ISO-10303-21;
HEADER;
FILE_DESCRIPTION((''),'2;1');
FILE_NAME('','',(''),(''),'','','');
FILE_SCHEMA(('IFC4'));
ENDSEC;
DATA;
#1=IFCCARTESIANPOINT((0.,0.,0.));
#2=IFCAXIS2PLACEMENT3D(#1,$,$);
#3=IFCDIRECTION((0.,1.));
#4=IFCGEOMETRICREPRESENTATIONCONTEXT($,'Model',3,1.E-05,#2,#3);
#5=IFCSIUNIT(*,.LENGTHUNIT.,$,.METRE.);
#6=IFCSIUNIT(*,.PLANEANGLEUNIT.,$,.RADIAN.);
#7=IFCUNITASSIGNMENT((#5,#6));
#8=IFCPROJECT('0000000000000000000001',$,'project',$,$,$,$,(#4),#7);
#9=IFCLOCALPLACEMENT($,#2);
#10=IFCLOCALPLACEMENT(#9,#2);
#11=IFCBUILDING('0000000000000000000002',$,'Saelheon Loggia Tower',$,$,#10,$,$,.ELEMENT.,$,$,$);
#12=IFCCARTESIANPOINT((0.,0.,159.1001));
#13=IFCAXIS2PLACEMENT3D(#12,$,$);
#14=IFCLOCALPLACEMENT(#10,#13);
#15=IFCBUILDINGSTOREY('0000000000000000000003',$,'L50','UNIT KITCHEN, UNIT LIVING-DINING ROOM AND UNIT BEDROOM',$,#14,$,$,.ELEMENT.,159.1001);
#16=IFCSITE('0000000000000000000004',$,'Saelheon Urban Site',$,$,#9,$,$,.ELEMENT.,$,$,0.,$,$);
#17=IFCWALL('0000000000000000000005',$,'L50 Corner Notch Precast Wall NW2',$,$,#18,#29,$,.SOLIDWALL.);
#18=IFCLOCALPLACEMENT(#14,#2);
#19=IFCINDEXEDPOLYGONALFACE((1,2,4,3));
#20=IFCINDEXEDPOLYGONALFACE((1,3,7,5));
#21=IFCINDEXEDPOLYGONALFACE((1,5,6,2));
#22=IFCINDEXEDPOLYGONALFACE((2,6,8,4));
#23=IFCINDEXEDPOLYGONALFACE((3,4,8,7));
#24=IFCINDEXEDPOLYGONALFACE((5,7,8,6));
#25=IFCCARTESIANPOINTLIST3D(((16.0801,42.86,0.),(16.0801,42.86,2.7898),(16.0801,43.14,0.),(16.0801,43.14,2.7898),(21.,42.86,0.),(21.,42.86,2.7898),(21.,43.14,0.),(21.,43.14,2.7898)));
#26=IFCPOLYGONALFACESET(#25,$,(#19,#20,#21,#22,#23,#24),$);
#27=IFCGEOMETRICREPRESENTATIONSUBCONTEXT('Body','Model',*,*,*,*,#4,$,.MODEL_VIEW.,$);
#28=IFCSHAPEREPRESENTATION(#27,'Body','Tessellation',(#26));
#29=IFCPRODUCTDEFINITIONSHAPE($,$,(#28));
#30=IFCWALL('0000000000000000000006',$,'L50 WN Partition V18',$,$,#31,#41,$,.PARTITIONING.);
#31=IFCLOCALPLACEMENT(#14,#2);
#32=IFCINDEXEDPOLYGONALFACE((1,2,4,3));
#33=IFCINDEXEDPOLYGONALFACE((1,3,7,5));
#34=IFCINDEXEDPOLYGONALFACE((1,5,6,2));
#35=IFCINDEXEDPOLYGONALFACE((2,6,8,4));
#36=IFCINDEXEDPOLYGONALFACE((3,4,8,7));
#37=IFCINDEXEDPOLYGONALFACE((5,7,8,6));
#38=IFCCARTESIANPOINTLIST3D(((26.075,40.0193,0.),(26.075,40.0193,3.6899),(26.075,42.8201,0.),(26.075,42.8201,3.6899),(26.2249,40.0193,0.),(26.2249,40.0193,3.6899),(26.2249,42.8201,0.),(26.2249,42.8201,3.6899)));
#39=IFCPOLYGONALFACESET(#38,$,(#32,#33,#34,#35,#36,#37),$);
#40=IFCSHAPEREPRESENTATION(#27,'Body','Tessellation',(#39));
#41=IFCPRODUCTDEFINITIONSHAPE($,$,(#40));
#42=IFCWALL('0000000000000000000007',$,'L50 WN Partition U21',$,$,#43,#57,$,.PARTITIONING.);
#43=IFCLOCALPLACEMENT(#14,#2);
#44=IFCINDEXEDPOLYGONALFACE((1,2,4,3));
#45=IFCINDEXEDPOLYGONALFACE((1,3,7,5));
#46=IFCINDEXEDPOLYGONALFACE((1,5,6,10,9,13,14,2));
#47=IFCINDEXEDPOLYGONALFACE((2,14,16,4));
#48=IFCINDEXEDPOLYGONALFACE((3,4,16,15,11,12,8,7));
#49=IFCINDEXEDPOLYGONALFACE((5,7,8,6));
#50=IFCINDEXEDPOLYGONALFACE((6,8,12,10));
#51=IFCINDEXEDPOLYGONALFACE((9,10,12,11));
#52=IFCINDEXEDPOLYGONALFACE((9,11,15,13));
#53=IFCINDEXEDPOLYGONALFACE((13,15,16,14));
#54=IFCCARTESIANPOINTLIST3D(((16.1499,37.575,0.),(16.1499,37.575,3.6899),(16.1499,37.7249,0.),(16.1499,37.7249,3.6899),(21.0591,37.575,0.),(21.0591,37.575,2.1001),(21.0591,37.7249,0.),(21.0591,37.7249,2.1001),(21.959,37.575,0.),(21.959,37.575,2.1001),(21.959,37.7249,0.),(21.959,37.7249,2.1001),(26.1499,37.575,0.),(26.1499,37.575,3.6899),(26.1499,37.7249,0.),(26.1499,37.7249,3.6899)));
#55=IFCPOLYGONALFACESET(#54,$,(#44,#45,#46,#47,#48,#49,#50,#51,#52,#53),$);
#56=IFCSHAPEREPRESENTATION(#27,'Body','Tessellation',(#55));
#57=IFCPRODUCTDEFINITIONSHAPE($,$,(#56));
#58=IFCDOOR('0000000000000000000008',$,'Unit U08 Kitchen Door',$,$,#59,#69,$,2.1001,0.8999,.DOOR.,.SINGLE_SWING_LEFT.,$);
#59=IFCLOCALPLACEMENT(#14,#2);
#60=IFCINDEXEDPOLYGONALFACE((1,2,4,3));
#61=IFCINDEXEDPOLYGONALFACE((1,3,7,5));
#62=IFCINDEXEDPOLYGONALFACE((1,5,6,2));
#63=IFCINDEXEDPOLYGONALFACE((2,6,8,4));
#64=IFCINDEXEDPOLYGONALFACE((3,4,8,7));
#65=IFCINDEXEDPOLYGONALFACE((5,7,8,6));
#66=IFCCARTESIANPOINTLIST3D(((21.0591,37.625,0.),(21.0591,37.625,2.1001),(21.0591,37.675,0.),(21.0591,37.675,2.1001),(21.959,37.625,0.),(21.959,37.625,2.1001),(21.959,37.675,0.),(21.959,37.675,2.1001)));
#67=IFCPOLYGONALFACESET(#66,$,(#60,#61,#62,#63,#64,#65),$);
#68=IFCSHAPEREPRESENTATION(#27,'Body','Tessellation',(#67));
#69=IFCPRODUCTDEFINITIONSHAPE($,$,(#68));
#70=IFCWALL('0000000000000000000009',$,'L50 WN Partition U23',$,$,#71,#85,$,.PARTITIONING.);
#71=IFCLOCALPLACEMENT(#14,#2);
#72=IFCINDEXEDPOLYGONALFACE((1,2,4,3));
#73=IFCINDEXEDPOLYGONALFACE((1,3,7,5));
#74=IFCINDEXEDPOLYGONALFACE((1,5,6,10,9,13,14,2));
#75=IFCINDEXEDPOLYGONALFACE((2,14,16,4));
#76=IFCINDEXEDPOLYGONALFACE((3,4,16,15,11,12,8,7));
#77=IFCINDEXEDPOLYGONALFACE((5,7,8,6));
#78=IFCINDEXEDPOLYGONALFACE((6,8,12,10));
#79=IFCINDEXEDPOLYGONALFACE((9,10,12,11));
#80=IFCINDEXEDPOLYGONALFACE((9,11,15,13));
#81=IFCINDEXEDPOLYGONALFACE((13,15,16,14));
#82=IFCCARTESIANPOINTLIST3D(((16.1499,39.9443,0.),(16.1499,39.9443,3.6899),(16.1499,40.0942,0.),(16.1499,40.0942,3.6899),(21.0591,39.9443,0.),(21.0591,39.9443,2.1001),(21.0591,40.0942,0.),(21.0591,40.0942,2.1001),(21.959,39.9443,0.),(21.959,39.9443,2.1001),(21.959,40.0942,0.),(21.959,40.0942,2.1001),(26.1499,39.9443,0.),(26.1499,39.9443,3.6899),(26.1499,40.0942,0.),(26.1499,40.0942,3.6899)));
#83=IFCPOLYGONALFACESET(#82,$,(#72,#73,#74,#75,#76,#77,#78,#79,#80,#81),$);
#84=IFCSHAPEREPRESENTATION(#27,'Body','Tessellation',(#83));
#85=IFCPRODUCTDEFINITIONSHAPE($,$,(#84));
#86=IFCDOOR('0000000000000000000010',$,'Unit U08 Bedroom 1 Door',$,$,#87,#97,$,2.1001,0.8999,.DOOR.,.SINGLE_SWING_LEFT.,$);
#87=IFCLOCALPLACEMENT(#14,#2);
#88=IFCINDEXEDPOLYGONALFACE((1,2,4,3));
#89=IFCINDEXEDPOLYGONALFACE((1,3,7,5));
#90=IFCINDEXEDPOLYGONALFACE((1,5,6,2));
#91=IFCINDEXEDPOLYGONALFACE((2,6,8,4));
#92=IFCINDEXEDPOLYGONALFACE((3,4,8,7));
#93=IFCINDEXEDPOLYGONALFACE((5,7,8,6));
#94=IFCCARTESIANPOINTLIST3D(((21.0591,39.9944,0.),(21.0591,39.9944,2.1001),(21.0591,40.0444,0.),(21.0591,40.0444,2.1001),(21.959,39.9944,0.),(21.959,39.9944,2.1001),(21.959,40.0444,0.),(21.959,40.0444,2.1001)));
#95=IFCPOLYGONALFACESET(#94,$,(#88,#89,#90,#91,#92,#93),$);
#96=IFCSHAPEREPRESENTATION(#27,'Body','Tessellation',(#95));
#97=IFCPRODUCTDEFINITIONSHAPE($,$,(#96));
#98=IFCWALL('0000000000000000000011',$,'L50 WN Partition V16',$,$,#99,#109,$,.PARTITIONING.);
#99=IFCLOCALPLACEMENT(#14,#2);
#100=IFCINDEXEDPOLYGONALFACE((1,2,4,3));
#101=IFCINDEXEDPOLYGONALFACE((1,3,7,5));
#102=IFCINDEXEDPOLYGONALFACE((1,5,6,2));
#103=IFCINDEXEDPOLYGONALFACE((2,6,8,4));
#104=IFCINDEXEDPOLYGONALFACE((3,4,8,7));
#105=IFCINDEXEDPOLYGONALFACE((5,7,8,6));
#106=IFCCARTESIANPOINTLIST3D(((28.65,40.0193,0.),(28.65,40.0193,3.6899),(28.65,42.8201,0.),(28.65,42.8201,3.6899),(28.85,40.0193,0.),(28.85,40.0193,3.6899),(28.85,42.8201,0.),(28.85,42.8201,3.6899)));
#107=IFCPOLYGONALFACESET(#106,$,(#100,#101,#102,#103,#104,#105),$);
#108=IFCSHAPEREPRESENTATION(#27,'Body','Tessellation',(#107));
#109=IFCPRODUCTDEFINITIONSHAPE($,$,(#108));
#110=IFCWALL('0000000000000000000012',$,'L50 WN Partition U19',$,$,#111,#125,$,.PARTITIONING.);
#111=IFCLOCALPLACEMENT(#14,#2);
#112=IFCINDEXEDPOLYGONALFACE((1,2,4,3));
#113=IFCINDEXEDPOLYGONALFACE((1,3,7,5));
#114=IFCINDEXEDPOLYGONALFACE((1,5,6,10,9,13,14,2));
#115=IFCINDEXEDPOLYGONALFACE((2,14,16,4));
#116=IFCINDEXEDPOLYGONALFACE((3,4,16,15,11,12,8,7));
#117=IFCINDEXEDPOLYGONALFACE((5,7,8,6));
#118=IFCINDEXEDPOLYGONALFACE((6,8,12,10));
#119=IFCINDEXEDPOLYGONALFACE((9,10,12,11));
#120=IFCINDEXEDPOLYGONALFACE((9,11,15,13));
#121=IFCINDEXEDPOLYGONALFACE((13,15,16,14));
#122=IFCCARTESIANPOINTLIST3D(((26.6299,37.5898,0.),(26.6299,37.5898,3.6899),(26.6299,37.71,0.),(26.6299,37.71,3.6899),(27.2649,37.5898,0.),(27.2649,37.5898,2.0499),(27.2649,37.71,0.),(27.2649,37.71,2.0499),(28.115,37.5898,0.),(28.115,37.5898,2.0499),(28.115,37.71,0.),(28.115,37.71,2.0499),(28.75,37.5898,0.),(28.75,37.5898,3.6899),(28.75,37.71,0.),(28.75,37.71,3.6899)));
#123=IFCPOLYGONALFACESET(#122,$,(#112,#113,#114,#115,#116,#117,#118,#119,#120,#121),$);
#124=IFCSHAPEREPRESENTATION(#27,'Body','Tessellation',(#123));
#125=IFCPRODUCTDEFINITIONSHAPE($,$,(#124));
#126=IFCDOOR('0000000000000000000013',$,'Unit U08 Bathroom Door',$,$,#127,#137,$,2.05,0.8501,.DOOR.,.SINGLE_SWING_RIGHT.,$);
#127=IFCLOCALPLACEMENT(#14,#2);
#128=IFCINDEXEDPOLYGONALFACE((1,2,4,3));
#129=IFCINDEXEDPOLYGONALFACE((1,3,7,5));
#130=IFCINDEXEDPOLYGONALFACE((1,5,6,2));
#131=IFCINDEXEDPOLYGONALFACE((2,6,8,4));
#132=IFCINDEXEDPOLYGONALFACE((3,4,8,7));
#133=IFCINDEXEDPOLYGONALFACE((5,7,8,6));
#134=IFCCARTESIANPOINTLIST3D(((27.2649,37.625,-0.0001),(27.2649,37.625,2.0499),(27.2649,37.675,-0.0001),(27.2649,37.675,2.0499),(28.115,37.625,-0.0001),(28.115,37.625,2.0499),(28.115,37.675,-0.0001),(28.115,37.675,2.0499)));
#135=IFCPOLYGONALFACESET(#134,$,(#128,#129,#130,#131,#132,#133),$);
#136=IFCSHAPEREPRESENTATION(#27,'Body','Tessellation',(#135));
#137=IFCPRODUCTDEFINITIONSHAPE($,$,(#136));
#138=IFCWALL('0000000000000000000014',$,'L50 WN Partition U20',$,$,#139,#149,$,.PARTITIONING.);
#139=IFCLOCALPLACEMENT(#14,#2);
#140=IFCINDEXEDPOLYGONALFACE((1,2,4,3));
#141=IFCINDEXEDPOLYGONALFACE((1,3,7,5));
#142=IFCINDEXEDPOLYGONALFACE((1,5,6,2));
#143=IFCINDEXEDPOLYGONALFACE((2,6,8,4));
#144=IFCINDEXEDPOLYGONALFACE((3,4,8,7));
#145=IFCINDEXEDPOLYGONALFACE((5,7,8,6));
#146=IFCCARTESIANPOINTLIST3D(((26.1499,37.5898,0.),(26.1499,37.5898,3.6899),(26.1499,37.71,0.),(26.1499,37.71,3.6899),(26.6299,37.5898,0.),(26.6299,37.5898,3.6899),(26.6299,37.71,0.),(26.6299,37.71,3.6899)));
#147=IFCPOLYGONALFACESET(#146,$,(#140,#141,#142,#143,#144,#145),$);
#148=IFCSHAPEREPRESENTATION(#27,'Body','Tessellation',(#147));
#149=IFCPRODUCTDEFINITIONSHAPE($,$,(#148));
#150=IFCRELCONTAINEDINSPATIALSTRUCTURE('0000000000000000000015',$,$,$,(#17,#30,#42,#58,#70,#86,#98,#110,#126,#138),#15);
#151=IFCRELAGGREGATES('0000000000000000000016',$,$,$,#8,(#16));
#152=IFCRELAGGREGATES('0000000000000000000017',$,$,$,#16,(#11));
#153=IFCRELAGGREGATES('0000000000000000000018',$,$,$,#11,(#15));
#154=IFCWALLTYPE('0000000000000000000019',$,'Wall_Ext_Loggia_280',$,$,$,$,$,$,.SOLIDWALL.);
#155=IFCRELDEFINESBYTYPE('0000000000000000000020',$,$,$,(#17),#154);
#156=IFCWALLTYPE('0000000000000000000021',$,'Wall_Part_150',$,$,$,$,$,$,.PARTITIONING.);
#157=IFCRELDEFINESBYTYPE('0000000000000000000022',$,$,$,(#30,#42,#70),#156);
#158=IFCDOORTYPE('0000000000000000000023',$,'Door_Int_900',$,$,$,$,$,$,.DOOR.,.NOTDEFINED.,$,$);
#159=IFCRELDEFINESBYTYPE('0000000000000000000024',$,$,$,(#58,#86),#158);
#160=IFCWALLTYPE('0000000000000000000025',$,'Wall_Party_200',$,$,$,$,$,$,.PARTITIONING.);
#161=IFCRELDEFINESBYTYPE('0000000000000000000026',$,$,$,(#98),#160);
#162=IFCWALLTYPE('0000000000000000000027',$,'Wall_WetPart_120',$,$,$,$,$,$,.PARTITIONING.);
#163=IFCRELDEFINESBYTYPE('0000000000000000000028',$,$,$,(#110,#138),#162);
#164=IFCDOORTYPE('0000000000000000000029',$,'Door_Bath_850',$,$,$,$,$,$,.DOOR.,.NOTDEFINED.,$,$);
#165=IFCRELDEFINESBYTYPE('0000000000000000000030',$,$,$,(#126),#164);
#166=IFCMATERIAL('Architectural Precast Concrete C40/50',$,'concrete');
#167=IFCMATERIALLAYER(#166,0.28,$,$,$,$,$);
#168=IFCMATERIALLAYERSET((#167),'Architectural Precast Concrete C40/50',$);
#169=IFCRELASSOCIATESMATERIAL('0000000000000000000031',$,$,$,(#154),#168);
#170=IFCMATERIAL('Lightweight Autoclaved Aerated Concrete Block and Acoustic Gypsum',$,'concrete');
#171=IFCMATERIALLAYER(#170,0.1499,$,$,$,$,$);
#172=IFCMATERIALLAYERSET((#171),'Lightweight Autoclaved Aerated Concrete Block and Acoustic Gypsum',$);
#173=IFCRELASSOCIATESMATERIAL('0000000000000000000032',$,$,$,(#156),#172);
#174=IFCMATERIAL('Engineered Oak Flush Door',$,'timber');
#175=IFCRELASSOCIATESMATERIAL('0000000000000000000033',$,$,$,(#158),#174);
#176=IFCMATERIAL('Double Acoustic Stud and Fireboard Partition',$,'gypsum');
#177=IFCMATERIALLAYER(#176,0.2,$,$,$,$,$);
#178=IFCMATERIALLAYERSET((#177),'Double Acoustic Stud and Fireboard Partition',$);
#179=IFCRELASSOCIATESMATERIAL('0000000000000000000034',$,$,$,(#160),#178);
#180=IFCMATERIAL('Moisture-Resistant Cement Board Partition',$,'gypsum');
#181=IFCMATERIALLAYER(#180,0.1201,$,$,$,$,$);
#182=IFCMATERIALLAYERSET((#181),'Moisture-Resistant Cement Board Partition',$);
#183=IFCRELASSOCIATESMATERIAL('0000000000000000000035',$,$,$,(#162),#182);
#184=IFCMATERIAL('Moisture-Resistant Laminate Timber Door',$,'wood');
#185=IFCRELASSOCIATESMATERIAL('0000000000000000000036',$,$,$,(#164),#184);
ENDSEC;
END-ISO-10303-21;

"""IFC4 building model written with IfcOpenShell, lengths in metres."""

from ifc_helpers import new_model, si_unit, direction, frame, frame_2d, origin, place, context, subcontext, project, spatial, rectangle, extrude, source, transform, mapped, material, layer, layer_set, type_object, element, fill, save


model = new_model("IFC4")

# Units and contexts
model_context = context("Model", 3, precision=1e-05, world=origin(), true_north=direction((0.0, 1.0)))
body_context = subcontext(model_context, "Body", "Model", "MODEL_VIEW")
ifc_project = project(units=[si_unit("LENGTHUNIT", "METRE"), si_unit("PLANEANGLEUNIT", "RADIAN")], contexts=[model_context])

# Site, building, storey
site_placement = place(None, origin())
site = spatial("IfcSite", under=ifc_project, at=site_placement, Name="Saelheon Urban Site", CompositionType="ELEMENT", RefElevation=0.0)
building_placement = place(site_placement, origin())
building = spatial("IfcBuilding", under=site, at=building_placement, Name="Saelheon Loggia Tower", CompositionType="ELEMENT")
storey_placement = place(building_placement, frame((0.0, 0.0, 159.1001)))
storey = spatial("IfcBuildingStorey", under=building, at=storey_placement, Name="L50", Description="UNIT KITCHEN, UNIT LIVING-DINING ROOM AND UNIT BEDROOM", CompositionType="ELEMENT", Elevation=159.1001)

# Shared definitions
ifc_material_1 = material(Name="Architectural Precast Concrete C40/50", Category="concrete")
ifc_layer_1 = layer(ifc_material_1, 0.28)
ifc_layer_set_1 = layer_set([ifc_layer_1], Name="Architectural Precast Concrete C40/50")
wall_type_1 = type_object("IfcWallType", Name="Wall_Ext_Loggia_280", PredefinedType="SOLIDWALL", material=ifc_layer_set_1)

# Walls
for number, where, z_axis, x_axis, name in (
    (1, (16.0801, 43.0, 0.0), (0.0, 0.0, 1.0), (1.0, 0.0, 0.0), "L50 Corner Notch Precast Wall NW2"),
):
    element("IfcWall", number, at=place(storey_placement, frame(where, z_axis=z_axis, x_axis=x_axis)), inside=storey, type_object=wall_type_1, Name=name, PredefinedType="SOLIDWALL", context=body_context, shape_type="SweptSolid", body=[
        extrude(rectangle(XDim=4.9199, YDim=0.28, at=frame_2d((2.46, 0.0))), origin(), (0.0, 0.0, 1.0), 2.7898),
    ])
ifc_material_2 = material(Name="Lightweight Autoclaved Aerated Concrete Block and Acoustic Gypsum", Category="concrete")
ifc_layer_2 = layer(ifc_material_2, 0.1499)
ifc_layer_set_2 = layer_set([ifc_layer_2], Name="Lightweight Autoclaved Aerated Concrete Block and Acoustic Gypsum")
wall_type_2 = type_object("IfcWallType", Name="Wall_Part_150", PredefinedType="PARTITIONING", material=ifc_layer_set_2)
wall_1_placement = place(storey_placement, frame((26.1499, 40.0193, 0.0), z_axis=(0.0, 0.0, 1.0), x_axis=(0.0, 1.0, 0.0)))
element("IfcWall", 2, at=wall_1_placement, inside=storey, type_object=wall_type_2, Name="L50 WN Partition V18", PredefinedType="PARTITIONING", context=body_context, shape_type="SweptSolid", body=[
    extrude(rectangle(XDim=2.8008, YDim=0.1499, at=frame_2d((1.4004, 0.0))), origin(), (0.0, 0.0, 1.0), 3.6899),
])

# Walls, openings, doors
wall_2_placement = place(storey_placement, frame((26.1499, 37.6499, 0.0), z_axis=(0.0, 0.0, 1.0), x_axis=(-1.0, 0.0, 0.0)))
wall_2 = element("IfcWall", 3, at=wall_2_placement, inside=storey, type_object=wall_type_2, Name="L50 WN Partition U21", PredefinedType="PARTITIONING", context=body_context, shape_type="SweptSolid", body=[
    extrude(rectangle(XDim=10.0, YDim=0.1499, at=frame_2d((5.0, 0.0))), origin(), (0.0, 0.0, 1.0), 3.6899),
])
opening_1_placement = place(wall_2_placement, frame((4.1909, 0.0, 0.0)))
opening_1 = element("IfcOpeningElement", 4, at=opening_1_placement, cuts=wall_2, PredefinedType="OPENING", context=body_context, shape_type="SweptSolid", body=[
    extrude(rectangle(XDim=0.8999, YDim=2.1001, at=frame_2d((0.45, 1.05))), frame((0.0, 0.0869, 0.0), z_axis=(0.0, -1.0, 0.0), x_axis=(1.0, 0.0, 0.0)), (0.0, 0.0, 1.0), 0.1738),
])
ifc_material_3 = material(Name="Engineered Oak Flush Door", Category="timber")
door_type_1 = type_object("IfcDoorType", Name="Door_Int_900", OperationType="NOTDEFINED", PredefinedType="DOOR", material=ifc_material_3)
shared_shape_1 = source(origin(), body_context, "Body", "SweptSolid", [
    extrude(rectangle(XDim=0.8999, YDim=2.1001, at=frame_2d((0.45, 1.05))), frame((0.0, 0.0249, 0.0), z_axis=(0.0, -1.0, 0.0), x_axis=(1.0, 0.0, 0.0)), (0.0, 0.0, 1.0), 0.05),
])
door_1_placement = place(opening_1_placement, origin())
door_1 = element("IfcDoor", 5, at=door_1_placement, inside=storey, type_object=door_type_1, Name="Unit U08 Kitchen Door", OperationType="SINGLE_SWING_LEFT", OverallHeight=2.1001, OverallWidth=0.8999, PredefinedType="DOOR", context=body_context, shape_type="MappedRepresentation", body=[
    mapped(shared_shape_1, transform((0.0, 0.0, 0.0), scale=1.0)),
])
fill(opening_1, door_1)
wall_3_placement = place(storey_placement, frame((26.1499, 40.0193, 0.0), z_axis=(0.0, 0.0, 1.0), x_axis=(-1.0, 0.0, 0.0)))
wall_3 = element("IfcWall", 6, at=wall_3_placement, inside=storey, type_object=wall_type_2, Name="L50 WN Partition U23", PredefinedType="PARTITIONING", context=body_context, shape_type="SweptSolid", body=[
    extrude(rectangle(XDim=10.0, YDim=0.1499, at=frame_2d((5.0, 0.0))), origin(), (0.0, 0.0, 1.0), 3.6899),
])
opening_2_placement = place(wall_3_placement, frame((4.1909, 0.0, 0.0)))
opening_2 = element("IfcOpeningElement", 7, at=opening_2_placement, cuts=wall_3, PredefinedType="OPENING", context=body_context, shape_type="SweptSolid", body=[
    extrude(rectangle(XDim=0.8999, YDim=2.1001, at=frame_2d((0.45, 1.05))), frame((0.0, 0.0869, 0.0), z_axis=(0.0, -1.0, 0.0), x_axis=(1.0, 0.0, 0.0)), (0.0, 0.0, 1.0), 0.1738),
])
door_2_placement = place(opening_2_placement, origin())
door_2 = element("IfcDoor", 8, at=door_2_placement, inside=storey, type_object=door_type_1, Name="Unit U08 Bedroom 1 Door", OperationType="SINGLE_SWING_LEFT", OverallHeight=2.1001, OverallWidth=0.8999, PredefinedType="DOOR", context=body_context, shape_type="MappedRepresentation", body=[
    mapped(shared_shape_1, transform((0.0, 0.0, 0.0), scale=1.0)),
])
fill(opening_2, door_2)
ifc_material_4 = material(Name="Double Acoustic Stud and Fireboard Partition", Category="gypsum")
ifc_layer_3 = layer(ifc_material_4, 0.2)
ifc_layer_set_3 = layer_set([ifc_layer_3], Name="Double Acoustic Stud and Fireboard Partition")
wall_type_3 = type_object("IfcWallType", Name="Wall_Party_200", PredefinedType="PARTITIONING", material=ifc_layer_set_3)

# Wall
wall_4_placement = place(storey_placement, frame((28.75, 40.0193, 0.0), z_axis=(0.0, 0.0, 1.0), x_axis=(0.0, 1.0, 0.0)))
element("IfcWall", 9, at=wall_4_placement, inside=storey, type_object=wall_type_3, Name="L50 WN Partition V16", PredefinedType="PARTITIONING", context=body_context, shape_type="SweptSolid", body=[
    extrude(rectangle(XDim=2.8008, YDim=0.2, at=frame_2d((1.4004, 0.0))), origin(), (0.0, 0.0, 1.0), 3.6899),
])

# Wall, opening, door
ifc_material_5 = material(Name="Moisture-Resistant Cement Board Partition", Category="gypsum")
ifc_layer_4 = layer(ifc_material_5, 0.1201)
ifc_layer_set_4 = layer_set([ifc_layer_4], Name="Moisture-Resistant Cement Board Partition")
wall_type_4 = type_object("IfcWallType", Name="Wall_WetPart_120", PredefinedType="PARTITIONING", material=ifc_layer_set_4)
wall_5_placement = place(storey_placement, frame((28.75, 37.6499, 0.0), z_axis=(0.0, 0.0, 1.0), x_axis=(-1.0, 0.0, 0.0)))
wall_5 = element("IfcWall", 10, at=wall_5_placement, inside=storey, type_object=wall_type_4, Name="L50 WN Partition U19", PredefinedType="PARTITIONING", context=body_context, shape_type="SweptSolid", body=[
    extrude(rectangle(XDim=2.1201, YDim=0.1201, at=frame_2d((1.0601, 0.0))), origin(), (0.0, 0.0, 1.0), 3.6899),
])
opening_3_placement = place(wall_5_placement, frame((0.635, 0.0, 0.0)))
opening_3 = element("IfcOpeningElement", 11, at=opening_3_placement, cuts=wall_5, PredefinedType="OPENING", context=body_context, shape_type="SweptSolid", body=[
    extrude(rectangle(XDim=0.8501, YDim=2.05, at=frame_2d((0.425, 1.0249))), frame((0.0, 0.072, 0.0), z_axis=(0.0, -1.0, 0.0), x_axis=(1.0, 0.0, 0.0)), (0.0, 0.0, 1.0), 0.144),
])
ifc_material_6 = material(Name="Moisture-Resistant Laminate Timber Door", Category="wood")
door_type_2 = type_object("IfcDoorType", Name="Door_Bath_850", OperationType="NOTDEFINED", PredefinedType="DOOR", material=ifc_material_6)
shared_shape_2 = source(origin(), body_context, "Body", "SweptSolid", [
    extrude(rectangle(XDim=0.8501, YDim=2.05, at=frame_2d((0.425, 1.0249))), frame((0.0, 0.0249, 0.0), z_axis=(0.0, -1.0, 0.0), x_axis=(1.0, 0.0, 0.0)), (0.0, 0.0, 1.0), 0.05),
])
door_3_placement = place(opening_3_placement, origin())
door_3 = element("IfcDoor", 12, at=door_3_placement, inside=storey, type_object=door_type_2, Name="Unit U08 Bathroom Door", OperationType="SINGLE_SWING_RIGHT", OverallHeight=2.05, OverallWidth=0.8501, PredefinedType="DOOR", context=body_context, shape_type="MappedRepresentation", body=[
    mapped(shared_shape_2, transform((0.0, 0.0, 0.0), scale=1.0)),
])
fill(opening_3, door_3)

# Wall
wall_6_placement = place(storey_placement, frame((26.6299, 37.6499, 0.0), z_axis=(0.0, 0.0, 1.0), x_axis=(-1.0, 0.0, 0.0)))
element("IfcWall", 13, at=wall_6_placement, inside=storey, type_object=wall_type_4, Name="L50 WN Partition U20", PredefinedType="PARTITIONING", context=body_context, shape_type="SweptSolid", body=[
    extrude(rectangle(XDim=0.48, YDim=0.1201, at=frame_2d((0.24, 0.0))), origin(), (0.0, 0.0, 1.0), 3.6899),
])

save(model, "model.ifc")
